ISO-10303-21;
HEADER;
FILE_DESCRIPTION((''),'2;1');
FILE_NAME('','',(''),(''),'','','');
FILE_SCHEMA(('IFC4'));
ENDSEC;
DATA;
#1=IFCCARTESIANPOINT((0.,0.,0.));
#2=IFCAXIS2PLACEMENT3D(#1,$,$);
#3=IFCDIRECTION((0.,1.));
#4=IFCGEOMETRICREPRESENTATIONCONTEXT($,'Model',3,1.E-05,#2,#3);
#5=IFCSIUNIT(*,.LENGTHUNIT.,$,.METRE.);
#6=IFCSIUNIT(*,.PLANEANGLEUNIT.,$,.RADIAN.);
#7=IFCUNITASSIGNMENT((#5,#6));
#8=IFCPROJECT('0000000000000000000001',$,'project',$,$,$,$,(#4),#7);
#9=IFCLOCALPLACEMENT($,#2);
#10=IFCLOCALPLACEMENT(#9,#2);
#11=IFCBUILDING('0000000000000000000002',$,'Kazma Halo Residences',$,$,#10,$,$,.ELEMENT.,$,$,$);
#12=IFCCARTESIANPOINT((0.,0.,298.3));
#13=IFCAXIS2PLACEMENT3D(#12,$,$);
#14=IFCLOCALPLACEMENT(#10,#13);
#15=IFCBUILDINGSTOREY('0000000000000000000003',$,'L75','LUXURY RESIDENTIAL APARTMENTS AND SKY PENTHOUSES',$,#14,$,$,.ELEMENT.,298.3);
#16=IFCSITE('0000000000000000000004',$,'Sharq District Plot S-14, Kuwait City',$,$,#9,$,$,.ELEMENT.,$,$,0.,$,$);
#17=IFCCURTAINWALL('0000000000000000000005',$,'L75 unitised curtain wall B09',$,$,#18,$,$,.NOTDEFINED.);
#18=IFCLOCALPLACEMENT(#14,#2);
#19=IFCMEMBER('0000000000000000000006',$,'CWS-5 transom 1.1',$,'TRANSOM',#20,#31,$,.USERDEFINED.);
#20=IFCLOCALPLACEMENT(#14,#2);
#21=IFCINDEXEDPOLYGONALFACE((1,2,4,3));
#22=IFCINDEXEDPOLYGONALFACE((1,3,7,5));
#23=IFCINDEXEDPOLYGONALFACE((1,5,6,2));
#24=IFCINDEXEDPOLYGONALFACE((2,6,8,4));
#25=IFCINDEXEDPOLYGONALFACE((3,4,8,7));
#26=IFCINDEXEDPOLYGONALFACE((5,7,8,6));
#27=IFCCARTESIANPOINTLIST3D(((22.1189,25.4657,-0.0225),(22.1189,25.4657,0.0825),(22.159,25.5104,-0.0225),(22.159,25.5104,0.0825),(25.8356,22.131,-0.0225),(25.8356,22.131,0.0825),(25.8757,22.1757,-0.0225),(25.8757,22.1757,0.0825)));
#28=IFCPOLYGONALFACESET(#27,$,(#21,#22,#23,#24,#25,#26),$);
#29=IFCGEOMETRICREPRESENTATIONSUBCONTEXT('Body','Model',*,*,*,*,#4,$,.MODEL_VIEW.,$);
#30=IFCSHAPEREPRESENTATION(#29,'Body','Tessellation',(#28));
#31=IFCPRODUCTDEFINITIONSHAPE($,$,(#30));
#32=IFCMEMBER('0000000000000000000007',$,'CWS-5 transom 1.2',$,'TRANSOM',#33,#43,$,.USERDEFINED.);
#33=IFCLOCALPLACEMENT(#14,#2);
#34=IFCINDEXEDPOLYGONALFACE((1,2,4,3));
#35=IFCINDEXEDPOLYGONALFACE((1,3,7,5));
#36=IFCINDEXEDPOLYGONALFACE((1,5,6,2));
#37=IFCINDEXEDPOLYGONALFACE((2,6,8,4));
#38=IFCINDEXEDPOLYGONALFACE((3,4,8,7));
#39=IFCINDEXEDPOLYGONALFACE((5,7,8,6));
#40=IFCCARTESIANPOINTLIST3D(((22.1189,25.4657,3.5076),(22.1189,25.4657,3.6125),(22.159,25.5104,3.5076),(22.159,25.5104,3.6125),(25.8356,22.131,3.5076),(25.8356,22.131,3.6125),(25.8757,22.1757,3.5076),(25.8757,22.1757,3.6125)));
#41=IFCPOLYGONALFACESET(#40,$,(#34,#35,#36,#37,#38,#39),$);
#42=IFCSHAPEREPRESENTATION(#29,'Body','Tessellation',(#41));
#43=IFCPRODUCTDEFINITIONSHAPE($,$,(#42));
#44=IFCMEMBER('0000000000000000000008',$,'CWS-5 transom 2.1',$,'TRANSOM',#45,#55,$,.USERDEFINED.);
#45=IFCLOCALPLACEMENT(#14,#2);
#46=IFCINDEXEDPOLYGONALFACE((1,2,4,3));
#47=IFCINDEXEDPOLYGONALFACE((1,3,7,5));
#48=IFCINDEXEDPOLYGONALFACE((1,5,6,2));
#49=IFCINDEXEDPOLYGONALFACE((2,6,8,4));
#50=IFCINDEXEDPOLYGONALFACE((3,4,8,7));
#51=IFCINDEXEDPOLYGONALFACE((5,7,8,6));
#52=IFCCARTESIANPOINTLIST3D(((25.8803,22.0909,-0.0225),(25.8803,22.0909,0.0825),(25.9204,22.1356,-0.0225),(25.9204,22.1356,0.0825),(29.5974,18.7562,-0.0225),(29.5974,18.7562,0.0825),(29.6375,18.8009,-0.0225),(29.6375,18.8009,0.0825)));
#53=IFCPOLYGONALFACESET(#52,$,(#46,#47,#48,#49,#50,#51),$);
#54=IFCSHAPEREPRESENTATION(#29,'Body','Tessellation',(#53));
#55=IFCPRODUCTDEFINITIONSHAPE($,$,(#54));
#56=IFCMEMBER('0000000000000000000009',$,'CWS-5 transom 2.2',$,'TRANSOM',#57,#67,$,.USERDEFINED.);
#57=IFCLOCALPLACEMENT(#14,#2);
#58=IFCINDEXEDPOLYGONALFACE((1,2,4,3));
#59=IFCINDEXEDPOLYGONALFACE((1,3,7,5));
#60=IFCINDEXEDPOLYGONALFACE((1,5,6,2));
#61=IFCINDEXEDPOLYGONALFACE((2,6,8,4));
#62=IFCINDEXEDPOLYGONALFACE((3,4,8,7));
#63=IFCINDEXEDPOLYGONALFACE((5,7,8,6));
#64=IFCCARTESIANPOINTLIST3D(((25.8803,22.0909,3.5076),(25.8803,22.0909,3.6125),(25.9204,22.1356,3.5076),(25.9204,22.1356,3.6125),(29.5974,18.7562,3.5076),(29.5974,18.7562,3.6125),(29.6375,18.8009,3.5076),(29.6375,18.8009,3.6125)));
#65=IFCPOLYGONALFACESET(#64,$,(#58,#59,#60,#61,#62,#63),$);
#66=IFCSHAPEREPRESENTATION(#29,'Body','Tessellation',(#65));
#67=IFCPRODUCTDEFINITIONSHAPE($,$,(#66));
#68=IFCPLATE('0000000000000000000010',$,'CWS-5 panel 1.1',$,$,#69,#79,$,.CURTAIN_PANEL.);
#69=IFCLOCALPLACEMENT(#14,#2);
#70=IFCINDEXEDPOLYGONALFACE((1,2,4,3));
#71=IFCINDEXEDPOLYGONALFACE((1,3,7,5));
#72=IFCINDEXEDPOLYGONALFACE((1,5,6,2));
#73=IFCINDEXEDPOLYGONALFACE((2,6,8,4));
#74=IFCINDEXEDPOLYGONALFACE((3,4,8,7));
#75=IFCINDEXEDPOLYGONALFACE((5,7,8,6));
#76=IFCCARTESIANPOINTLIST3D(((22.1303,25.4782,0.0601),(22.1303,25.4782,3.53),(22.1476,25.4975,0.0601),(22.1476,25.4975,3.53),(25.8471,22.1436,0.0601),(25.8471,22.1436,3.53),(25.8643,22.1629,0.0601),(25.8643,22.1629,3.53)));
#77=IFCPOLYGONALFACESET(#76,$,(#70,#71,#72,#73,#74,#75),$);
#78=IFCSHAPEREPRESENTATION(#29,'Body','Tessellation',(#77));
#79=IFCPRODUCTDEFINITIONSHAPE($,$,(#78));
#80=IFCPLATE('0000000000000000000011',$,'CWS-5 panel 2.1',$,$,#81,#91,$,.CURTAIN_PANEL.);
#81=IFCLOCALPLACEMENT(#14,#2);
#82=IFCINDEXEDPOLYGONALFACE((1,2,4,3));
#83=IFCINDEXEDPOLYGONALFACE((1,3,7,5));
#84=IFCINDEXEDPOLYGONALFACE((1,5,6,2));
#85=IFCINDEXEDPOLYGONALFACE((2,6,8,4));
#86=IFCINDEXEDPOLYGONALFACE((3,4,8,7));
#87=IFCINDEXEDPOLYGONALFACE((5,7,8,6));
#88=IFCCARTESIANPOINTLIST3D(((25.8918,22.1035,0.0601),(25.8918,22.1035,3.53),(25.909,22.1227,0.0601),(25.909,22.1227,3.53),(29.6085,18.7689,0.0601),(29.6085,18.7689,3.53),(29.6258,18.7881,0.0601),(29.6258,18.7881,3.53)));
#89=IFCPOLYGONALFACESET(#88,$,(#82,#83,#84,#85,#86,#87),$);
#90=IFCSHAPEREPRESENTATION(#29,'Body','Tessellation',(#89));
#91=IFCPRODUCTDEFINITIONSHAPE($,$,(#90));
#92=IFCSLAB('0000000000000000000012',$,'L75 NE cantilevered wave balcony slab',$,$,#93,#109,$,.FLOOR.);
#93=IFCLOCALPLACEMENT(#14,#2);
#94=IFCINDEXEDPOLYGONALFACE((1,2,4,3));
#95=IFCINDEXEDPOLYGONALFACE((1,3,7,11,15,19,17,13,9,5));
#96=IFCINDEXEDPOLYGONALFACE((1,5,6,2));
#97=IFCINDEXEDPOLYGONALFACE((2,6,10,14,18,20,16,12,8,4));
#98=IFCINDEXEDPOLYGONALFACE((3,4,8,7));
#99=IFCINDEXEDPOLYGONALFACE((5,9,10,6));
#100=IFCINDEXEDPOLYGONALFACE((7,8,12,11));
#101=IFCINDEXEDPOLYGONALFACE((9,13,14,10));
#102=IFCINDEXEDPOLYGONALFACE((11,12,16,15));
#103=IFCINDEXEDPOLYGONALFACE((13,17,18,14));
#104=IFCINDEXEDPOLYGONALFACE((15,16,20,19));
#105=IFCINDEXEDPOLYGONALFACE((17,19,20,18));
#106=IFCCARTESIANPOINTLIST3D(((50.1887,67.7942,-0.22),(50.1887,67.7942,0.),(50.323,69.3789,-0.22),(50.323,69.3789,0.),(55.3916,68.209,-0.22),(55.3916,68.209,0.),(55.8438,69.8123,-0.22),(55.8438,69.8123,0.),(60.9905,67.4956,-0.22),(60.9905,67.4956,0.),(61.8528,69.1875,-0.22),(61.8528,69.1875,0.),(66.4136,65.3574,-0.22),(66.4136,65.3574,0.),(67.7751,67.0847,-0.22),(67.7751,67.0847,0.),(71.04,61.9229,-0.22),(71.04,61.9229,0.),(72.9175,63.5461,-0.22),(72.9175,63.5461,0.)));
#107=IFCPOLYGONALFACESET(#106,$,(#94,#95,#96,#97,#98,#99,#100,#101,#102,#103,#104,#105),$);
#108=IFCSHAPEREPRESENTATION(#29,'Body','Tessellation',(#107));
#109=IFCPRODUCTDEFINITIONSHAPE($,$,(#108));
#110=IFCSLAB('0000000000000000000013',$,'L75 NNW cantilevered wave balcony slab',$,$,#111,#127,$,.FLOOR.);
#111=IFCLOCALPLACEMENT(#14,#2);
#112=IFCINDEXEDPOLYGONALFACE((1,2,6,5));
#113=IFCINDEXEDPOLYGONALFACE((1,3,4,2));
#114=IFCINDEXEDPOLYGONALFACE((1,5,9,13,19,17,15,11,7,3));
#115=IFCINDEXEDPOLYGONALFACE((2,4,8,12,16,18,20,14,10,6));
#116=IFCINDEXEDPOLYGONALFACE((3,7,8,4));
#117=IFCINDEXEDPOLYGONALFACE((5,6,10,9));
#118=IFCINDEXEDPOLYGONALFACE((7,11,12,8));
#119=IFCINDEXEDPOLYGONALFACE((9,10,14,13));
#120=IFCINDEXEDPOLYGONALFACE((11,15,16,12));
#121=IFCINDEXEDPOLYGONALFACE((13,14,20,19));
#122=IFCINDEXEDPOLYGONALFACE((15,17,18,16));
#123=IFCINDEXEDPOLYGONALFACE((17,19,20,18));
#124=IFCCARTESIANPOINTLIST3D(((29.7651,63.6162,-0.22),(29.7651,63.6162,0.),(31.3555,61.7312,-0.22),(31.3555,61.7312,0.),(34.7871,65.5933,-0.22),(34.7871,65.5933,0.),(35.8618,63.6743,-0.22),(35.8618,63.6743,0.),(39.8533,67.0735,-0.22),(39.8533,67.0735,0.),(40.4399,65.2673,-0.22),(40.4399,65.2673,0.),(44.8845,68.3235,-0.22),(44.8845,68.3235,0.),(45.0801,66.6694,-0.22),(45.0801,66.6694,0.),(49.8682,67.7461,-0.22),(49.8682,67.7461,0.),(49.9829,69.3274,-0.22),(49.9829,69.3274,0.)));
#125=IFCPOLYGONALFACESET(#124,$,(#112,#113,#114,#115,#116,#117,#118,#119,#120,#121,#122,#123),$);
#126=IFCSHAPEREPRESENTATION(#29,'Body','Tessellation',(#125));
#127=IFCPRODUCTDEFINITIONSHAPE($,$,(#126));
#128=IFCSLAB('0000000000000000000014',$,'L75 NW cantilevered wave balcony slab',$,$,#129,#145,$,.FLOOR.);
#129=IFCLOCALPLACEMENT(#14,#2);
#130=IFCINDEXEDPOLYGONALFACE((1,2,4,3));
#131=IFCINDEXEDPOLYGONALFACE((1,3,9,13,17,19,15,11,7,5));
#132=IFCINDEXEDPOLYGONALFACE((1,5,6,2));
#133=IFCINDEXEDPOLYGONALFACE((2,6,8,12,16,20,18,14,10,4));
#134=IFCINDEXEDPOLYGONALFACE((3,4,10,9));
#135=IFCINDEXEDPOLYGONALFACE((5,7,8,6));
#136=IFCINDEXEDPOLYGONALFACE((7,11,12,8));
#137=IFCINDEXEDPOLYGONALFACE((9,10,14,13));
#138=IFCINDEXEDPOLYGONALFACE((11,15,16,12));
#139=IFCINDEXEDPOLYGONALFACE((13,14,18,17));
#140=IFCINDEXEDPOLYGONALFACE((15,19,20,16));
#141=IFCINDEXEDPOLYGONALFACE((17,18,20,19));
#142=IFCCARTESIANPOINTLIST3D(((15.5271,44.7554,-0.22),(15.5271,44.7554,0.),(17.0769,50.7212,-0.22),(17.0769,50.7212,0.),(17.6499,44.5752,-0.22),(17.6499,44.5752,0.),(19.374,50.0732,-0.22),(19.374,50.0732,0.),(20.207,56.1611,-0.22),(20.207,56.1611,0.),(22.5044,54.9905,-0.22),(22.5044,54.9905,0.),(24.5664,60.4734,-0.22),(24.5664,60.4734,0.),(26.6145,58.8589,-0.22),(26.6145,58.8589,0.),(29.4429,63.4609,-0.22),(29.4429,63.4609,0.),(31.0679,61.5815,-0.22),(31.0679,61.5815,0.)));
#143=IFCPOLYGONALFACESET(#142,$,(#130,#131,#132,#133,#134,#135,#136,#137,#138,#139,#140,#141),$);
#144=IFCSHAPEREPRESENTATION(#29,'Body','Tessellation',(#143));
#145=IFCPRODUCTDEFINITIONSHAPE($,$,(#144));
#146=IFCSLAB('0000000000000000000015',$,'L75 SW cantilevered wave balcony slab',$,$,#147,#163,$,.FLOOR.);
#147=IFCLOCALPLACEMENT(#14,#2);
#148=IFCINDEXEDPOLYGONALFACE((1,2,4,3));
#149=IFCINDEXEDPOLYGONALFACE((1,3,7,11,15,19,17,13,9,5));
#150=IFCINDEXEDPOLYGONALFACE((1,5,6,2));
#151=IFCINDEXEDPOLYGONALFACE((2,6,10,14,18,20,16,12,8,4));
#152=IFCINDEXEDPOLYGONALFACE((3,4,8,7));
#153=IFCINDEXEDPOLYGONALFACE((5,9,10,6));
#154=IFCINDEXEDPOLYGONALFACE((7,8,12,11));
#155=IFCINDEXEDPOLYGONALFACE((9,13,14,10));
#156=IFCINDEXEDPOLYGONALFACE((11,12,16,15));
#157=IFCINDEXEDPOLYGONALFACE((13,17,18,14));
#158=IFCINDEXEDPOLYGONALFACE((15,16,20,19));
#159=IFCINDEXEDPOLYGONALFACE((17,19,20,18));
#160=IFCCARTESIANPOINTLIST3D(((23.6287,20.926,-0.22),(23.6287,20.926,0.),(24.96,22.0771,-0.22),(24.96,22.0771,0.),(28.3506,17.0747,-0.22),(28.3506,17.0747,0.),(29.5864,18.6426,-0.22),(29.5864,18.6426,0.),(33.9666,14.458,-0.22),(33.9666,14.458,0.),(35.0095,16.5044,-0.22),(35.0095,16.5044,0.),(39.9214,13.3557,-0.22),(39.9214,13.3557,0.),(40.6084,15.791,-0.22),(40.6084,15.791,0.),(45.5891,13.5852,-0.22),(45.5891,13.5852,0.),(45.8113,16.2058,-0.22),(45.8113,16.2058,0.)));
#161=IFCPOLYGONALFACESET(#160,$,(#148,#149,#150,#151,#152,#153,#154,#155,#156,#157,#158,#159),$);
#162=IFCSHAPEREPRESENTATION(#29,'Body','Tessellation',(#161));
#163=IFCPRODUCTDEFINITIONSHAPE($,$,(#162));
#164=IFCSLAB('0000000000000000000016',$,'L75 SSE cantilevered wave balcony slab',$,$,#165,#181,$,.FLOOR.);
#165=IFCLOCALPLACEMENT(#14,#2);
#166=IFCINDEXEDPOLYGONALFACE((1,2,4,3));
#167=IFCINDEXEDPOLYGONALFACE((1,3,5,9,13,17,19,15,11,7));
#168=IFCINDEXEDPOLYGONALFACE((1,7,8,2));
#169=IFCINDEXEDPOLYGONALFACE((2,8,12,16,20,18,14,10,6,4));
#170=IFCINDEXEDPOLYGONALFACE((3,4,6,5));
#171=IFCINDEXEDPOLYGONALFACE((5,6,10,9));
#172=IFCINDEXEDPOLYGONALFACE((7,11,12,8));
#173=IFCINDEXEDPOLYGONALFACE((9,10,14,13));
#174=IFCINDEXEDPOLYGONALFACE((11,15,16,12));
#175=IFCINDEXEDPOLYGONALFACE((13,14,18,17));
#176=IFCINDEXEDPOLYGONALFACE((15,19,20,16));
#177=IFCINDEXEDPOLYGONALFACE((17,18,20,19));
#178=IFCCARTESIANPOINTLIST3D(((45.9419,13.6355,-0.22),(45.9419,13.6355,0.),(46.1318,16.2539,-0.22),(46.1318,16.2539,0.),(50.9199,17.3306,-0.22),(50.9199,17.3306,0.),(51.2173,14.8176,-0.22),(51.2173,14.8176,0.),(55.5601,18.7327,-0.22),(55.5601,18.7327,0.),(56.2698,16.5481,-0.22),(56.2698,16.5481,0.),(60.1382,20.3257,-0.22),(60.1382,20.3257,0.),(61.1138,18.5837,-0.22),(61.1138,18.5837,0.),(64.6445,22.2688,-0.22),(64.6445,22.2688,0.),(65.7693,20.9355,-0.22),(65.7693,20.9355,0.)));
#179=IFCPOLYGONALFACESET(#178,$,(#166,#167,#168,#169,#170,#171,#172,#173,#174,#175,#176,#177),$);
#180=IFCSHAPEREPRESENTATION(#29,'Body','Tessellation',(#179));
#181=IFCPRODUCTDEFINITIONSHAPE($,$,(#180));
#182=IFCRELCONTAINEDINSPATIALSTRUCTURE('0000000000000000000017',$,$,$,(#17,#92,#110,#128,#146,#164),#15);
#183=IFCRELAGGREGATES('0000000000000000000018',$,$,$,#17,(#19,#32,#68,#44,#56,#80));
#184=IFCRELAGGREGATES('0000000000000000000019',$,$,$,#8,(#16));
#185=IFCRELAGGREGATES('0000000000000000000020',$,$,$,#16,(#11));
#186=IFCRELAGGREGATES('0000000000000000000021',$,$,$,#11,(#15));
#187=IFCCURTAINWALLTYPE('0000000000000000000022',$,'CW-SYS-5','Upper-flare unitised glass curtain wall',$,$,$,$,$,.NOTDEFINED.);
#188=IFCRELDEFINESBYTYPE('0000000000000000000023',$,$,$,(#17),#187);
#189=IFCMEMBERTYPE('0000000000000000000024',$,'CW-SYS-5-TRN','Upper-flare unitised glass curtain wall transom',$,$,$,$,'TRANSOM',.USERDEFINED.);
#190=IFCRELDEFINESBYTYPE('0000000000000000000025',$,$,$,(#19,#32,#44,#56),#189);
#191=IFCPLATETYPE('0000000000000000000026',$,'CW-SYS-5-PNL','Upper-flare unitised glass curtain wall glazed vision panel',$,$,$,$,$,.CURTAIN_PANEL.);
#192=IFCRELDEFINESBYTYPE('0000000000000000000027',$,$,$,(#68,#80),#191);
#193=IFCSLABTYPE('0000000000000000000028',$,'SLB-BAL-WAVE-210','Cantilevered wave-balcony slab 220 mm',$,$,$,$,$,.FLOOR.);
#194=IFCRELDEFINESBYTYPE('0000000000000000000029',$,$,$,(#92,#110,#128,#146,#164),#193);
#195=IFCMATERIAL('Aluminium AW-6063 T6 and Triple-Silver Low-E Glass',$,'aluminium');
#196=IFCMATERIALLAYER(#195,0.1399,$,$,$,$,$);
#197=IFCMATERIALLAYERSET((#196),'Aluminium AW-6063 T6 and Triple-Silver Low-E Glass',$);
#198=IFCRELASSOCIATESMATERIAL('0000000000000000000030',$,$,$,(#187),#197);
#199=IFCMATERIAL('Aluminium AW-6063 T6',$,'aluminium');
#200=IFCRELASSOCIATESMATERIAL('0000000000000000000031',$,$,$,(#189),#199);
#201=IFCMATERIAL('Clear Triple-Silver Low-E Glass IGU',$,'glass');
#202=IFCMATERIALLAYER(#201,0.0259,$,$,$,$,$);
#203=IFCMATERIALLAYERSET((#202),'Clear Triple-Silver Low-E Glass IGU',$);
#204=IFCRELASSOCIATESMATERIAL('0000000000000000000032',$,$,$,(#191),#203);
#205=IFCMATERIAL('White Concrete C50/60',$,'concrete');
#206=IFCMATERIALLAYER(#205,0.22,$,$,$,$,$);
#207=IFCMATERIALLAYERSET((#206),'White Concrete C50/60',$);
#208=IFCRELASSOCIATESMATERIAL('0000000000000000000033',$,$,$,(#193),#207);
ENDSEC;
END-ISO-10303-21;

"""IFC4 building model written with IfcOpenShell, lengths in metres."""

from ifc_helpers import new_model, si_unit, direction, frame, origin, origin_2d, place, context, subcontext, project, spatial, polyline, rectangle, outline, extrude, material, layer, layer_set, material_profile, profile_set, type_object, element, aggregate, save


model = new_model("IFC4")

# Units and contexts
model_context = context("Model", 3, precision=1e-05, world=origin(), true_north=direction((0.0, 1.0)))
body_context = subcontext(model_context, "Body", "Model", "MODEL_VIEW")
ifc_project = project(units=[si_unit("LENGTHUNIT", "METRE"), si_unit("PLANEANGLEUNIT", "RADIAN")], contexts=[model_context])

# Site, building, storey
site_placement = place(None, origin())
site = spatial("IfcSite", under=ifc_project, at=site_placement, Name="Sharq District Plot S-14, Kuwait City", CompositionType="ELEMENT", RefElevation=0.0)
building_placement = place(site_placement, origin())
building = spatial("IfcBuilding", under=site, at=building_placement, Name="Kazma Halo Residences", CompositionType="ELEMENT")
storey_placement = place(building_placement, frame((0.0, 0.0, 298.3)))
storey = spatial("IfcBuildingStorey", under=building, at=storey_placement, Name="L75", Description="LUXURY RESIDENTIAL APARTMENTS AND SKY PENTHOUSES", CompositionType="ELEMENT", Elevation=298.3)

# Curtain wall, members, plates
ifc_material_1 = material(Name="Aluminium AW-6063 T6 and Triple-Silver Low-E Glass", Category="aluminium")
ifc_layer_1 = layer(ifc_material_1, 0.1399)
ifc_layer_set_1 = layer_set([ifc_layer_1], Name="Aluminium AW-6063 T6 and Triple-Silver Low-E Glass")
curtain_wall_type = type_object("IfcCurtainWallType", Name="CW-SYS-5", Description="Upper-flare unitised glass curtain wall", PredefinedType="NOTDEFINED", material=ifc_layer_set_1)
curtain_wall_placement = place(storey_placement, origin())
curtain_wall = element("IfcCurtainWall", 1, at=curtain_wall_placement, inside=storey, type_object=curtain_wall_type, Name="L75 unitised curtain wall B09", PredefinedType="NOTDEFINED")
ifc_material_2 = material(Name="Aluminium AW-6063 T6", Category="aluminium")
ifc_material_profile_1 = material_profile(ifc_material_2, rectangle(XDim=0.0601, YDim=0.105, at=origin_2d()), Name="CWT-60x105")
ifc_profile_set_1 = profile_set([ifc_material_profile_1], Name="Aluminium AW-6063 T6")
member_type_1 = type_object("IfcMemberType", Name="CW-SYS-5-TRN", Description="Upper-flare unitised glass curtain wall transom", ElementType="TRANSOM", PredefinedType="USERDEFINED", material=ifc_profile_set_1)
member_1_placement = place(storey_placement, frame((22.1389, 25.488, 0.03), z_axis=(0.744329, -0.667813, 0.0), x_axis=(0.667813, 0.744329, 0.0)))
member_1 = element("IfcMember", 2, at=member_1_placement, type_object=member_type_1, Name="CWS-5 transom 1.1", ObjectType="TRANSOM", PredefinedType="USERDEFINED", context=body_context, shape_type="SweptSolid", body=[
    extrude(rectangle(XDim=0.0601, YDim=0.105, at=origin_2d()), origin(), (0.0, 0.0, 1.0), 4.9934),
])
member_2_placement = place(storey_placement, frame((22.1389, 25.488, 3.5601), z_axis=(0.744329, -0.667813, 0.0), x_axis=(0.667813, 0.744329, 0.0)))
member_2 = element("IfcMember", 3, at=member_2_placement, type_object=member_type_1, Name="CWS-5 transom 1.2", ObjectType="TRANSOM", PredefinedType="USERDEFINED", context=body_context, shape_type="SweptSolid", body=[
    extrude(rectangle(XDim=0.0601, YDim=0.105, at=origin_2d()), origin(), (0.0, 0.0, 1.0), 4.9934),
])
member_3_placement = place(storey_placement, frame((25.9004, 22.1133, 0.03), z_axis=(0.744351, -0.667789, 0.0), x_axis=(0.667789, 0.744351, 0.0)))
member_3 = element("IfcMember", 4, at=member_3_placement, type_object=member_type_1, Name="CWS-5 transom 2.1", ObjectType="TRANSOM", PredefinedType="USERDEFINED", context=body_context, shape_type="SweptSolid", body=[
    extrude(rectangle(XDim=0.0601, YDim=0.105, at=origin_2d()), origin(), (0.0, 0.0, 1.0), 4.9937),
])
member_4_placement = place(storey_placement, frame((25.9004, 22.1133, 3.5601), z_axis=(0.744351, -0.667789, 0.0), x_axis=(0.667789, 0.744351, 0.0)))
member_4 = element("IfcMember", 5, at=member_4_placement, type_object=member_type_1, Name="CWS-5 transom 2.2", ObjectType="TRANSOM", PredefinedType="USERDEFINED", context=body_context, shape_type="SweptSolid", body=[
    extrude(rectangle(XDim=0.0601, YDim=0.105, at=origin_2d()), origin(), (0.0, 0.0, 1.0), 4.9937),
])
ifc_material_3 = material(Name="Clear Triple-Silver Low-E Glass IGU", Category="glass")
ifc_layer_2 = layer(ifc_material_3, 0.0259)
ifc_layer_set_2 = layer_set([ifc_layer_2], Name="Clear Triple-Silver Low-E Glass IGU")
plate_type = type_object("IfcPlateType", Name="CW-SYS-5-PNL", Description="Upper-flare unitised glass curtain wall glazed vision panel", PredefinedType="CURTAIN_PANEL", material=ifc_layer_set_2)
plate_1_placement = place(storey_placement, frame((23.9973, 23.8206, 0.0601), z_axis=(0.0, 0.0, 1.0), x_axis=(0.744336, -0.667805, 0.0)))
plate_1 = element("IfcPlate", 6, at=plate_1_placement, type_object=plate_type, Name="CWS-5 panel 1.1", PredefinedType="CURTAIN_PANEL", context=body_context, shape_type="SweptSolid", body=[
    extrude(rectangle(XDim=4.9934, YDim=0.0259, at=origin_2d()), origin(), (0.0, 0.0, 1.0), 3.47),
])
plate_2_placement = place(storey_placement, frame((27.7588, 20.4458, 0.0601), z_axis=(0.0, 0.0, 1.0), x_axis=(0.744336, -0.667805, 0.0)))
plate_2 = element("IfcPlate", 7, at=plate_2_placement, type_object=plate_type, Name="CWS-5 panel 2.1", PredefinedType="CURTAIN_PANEL", context=body_context, shape_type="SweptSolid", body=[
    extrude(rectangle(XDim=4.9934, YDim=0.0259, at=origin_2d()), origin(), (0.0, 0.0, 1.0), 3.47),
])
aggregate(curtain_wall, [member_1, member_2, plate_1, member_3, member_4, plate_2])

# Slabs
ifc_material_4 = material(Name="White Concrete C50/60", Category="concrete")
ifc_layer_3 = layer(ifc_material_4, 0.22)
ifc_layer_set_3 = layer_set([ifc_layer_3], Name="White Concrete C50/60")
slab_type_1 = type_object("IfcSlabType", Name="SLB-BAL-WAVE-210", Description="Cantilevered wave-balcony slab 220 mm", PredefinedType="FLOOR", material=ifc_layer_set_3)
slab_1_placement = place(storey_placement, frame((0.0, 0.0, -0.22)))
element("IfcSlab", 8, at=slab_1_placement, inside=storey, type_object=slab_type_1, Name="L75 NE cantilevered wave balcony slab", PredefinedType="FLOOR", context=body_context, shape_type="SweptSolid", body=[
    extrude(outline(polyline([(71.04, 61.9229), (66.4136, 65.3574), (60.9905, 67.4956), (55.3916, 68.209), (50.1887, 67.7942), (50.323, 69.3789), (55.8438, 69.8123), (61.8528, 69.1875), (67.7751, 67.0847), (72.9175, 63.5461), (71.04, 61.9229)])), origin(), (0.0, 0.0, 1.0), 0.22),
])
slab_2_placement = place(storey_placement, frame((0.0, 0.0, -0.22)))
element("IfcSlab", 9, at=slab_2_placement, inside=storey, type_object=slab_type_1, Name="L75 NNW cantilevered wave balcony slab", PredefinedType="FLOOR", context=body_context, shape_type="SweptSolid", body=[
    extrude(outline(polyline([(49.8682, 67.7461), (45.0801, 66.6694), (40.4399, 65.2673), (35.8618, 63.6743), (31.3555, 61.7312), (29.7651, 63.6162), (34.7871, 65.5933), (39.8533, 67.0735), (44.8845, 68.3235), (49.9829, 69.3274), (49.8682, 67.7461)])), origin(), (0.0, 0.0, 1.0), 0.22),
])
slab_3_placement = place(storey_placement, frame((0.0, 0.0, -0.22)))
element("IfcSlab", 10, at=slab_3_placement, inside=storey, type_object=slab_type_1, Name="L75 NW cantilevered wave balcony slab", PredefinedType="FLOOR", context=body_context, shape_type="SweptSolid", body=[
    extrude(outline(polyline([(31.0679, 61.5815), (26.6145, 58.8589), (22.5044, 54.9905), (19.374, 50.0732), (17.6499, 44.5752), (15.5271, 44.7554), (17.0769, 50.7212), (20.207, 56.1611), (24.5664, 60.4734), (29.4429, 63.4609), (31.0679, 61.5815)])), origin(), (0.0, 0.0, 1.0), 0.22),
])
slab_4_placement = place(storey_placement, frame((0.0, 0.0, -0.22)))
element("IfcSlab", 11, at=slab_4_placement, inside=storey, type_object=slab_type_1, Name="L75 SW cantilevered wave balcony slab", PredefinedType="FLOOR", context=body_context, shape_type="SweptSolid", body=[
    extrude(outline(polyline([(24.96, 22.0771), (29.5864, 18.6426), (35.0095, 16.5044), (40.6084, 15.791), (45.8113, 16.2058), (45.5891, 13.5852), (39.9214, 13.3557), (33.9666, 14.458), (28.3506, 17.0747), (23.6287, 20.926), (24.96, 22.0771)])), origin(), (0.0, 0.0, 1.0), 0.22),
])
slab_5_placement = place(storey_placement, frame((0.0, 0.0, -0.22)))
element("IfcSlab", 12, at=slab_5_placement, inside=storey, type_object=slab_type_1, Name="L75 SSE cantilevered wave balcony slab", PredefinedType="FLOOR", context=body_context, shape_type="SweptSolid", body=[
    extrude(outline(polyline([(46.1318, 16.2539), (50.9199, 17.3306), (55.5601, 18.7327), (60.1382, 20.3257), (64.6445, 22.2688), (65.7693, 20.9355), (61.1138, 18.5837), (56.2698, 16.5481), (51.2173, 14.8176), (45.9419, 13.6355), (46.1318, 16.2539)])), origin(), (0.0, 0.0, 1.0), 0.22),
])

save(model, "model.ifc")
